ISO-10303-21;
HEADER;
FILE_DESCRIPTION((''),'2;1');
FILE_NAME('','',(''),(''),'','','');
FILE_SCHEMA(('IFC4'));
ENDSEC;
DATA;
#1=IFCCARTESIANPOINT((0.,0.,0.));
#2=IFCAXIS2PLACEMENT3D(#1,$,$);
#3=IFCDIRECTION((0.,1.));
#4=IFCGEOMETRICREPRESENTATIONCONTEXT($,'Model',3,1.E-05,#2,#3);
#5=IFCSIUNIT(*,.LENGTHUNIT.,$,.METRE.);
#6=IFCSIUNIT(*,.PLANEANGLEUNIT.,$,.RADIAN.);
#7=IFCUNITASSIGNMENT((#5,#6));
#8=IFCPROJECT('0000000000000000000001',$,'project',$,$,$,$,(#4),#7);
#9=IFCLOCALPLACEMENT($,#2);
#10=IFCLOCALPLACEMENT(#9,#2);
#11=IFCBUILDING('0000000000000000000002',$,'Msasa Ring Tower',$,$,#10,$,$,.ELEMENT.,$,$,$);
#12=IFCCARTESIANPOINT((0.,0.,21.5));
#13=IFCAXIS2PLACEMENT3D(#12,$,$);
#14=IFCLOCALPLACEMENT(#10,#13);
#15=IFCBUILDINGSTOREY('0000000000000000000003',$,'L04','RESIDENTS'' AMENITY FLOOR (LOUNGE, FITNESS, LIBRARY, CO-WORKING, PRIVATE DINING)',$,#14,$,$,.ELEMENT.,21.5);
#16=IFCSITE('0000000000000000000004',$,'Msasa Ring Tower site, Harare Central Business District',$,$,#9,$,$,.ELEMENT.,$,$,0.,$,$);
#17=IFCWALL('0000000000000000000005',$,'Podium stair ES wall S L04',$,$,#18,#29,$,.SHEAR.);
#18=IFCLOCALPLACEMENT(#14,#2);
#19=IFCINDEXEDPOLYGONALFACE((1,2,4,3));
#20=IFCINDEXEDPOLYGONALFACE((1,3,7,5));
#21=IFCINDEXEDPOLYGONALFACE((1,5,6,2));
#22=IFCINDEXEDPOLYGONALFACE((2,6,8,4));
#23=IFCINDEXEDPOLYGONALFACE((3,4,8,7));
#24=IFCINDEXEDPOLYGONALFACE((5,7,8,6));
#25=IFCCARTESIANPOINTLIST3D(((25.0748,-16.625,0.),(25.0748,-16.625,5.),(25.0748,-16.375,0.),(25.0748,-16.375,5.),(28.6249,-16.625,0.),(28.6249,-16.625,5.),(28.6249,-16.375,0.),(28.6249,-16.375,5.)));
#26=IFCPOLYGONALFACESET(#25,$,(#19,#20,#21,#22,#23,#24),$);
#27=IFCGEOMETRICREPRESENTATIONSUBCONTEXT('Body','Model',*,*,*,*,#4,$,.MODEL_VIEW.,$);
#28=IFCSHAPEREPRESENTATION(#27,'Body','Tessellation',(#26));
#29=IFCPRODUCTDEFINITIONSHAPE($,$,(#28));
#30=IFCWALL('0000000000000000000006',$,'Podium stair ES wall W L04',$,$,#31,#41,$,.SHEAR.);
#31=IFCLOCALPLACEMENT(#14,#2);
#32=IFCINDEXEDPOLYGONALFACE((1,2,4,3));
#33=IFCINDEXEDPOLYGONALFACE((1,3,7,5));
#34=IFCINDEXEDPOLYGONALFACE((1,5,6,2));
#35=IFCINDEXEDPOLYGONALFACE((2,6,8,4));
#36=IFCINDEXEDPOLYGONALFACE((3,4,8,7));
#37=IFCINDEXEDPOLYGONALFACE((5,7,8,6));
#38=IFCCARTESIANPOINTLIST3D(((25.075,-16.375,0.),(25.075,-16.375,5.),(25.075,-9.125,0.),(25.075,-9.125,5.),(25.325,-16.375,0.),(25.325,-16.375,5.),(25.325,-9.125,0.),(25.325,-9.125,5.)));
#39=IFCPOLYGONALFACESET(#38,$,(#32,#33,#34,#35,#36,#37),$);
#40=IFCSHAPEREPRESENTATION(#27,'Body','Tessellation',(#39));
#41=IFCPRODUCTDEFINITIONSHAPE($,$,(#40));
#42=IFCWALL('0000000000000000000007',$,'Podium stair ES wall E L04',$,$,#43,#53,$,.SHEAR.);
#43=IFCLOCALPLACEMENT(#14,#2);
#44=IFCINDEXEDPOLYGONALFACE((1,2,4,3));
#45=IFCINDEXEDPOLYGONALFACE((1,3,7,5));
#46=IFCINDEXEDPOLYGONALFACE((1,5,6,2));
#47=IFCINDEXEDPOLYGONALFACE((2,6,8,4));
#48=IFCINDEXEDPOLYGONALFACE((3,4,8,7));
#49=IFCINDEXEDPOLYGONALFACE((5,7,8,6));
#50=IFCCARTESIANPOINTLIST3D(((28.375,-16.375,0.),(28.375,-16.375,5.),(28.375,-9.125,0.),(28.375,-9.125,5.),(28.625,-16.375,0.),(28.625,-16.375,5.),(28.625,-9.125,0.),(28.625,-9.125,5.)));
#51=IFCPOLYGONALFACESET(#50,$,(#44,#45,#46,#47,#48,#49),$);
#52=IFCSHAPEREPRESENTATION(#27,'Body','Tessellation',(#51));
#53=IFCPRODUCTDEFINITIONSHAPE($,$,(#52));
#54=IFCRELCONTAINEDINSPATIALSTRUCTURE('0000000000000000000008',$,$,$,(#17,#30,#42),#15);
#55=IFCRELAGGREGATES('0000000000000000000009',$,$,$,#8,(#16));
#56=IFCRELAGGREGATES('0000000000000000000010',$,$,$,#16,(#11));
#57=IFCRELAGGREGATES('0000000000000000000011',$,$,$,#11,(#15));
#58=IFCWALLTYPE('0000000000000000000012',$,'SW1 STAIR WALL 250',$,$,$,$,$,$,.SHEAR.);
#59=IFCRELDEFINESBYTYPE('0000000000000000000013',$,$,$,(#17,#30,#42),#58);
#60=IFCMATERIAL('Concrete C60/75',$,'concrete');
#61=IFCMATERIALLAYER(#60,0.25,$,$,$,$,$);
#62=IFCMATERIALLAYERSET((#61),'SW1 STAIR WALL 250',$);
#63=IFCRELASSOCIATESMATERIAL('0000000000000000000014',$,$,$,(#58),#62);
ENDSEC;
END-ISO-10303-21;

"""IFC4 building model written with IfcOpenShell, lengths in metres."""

from ifc_helpers import new_model, si_unit, direction, frame, frame_2d, origin, place, context, subcontext, project, spatial, rectangle, extrude, material, layer, layer_set, type_object, element, save


model = new_model("IFC4")

# Units and contexts
model_context = context("Model", 3, precision=1e-05, world=origin(), true_north=direction((0.0, 1.0)))
body_context = subcontext(model_context, "Body", "Model", "MODEL_VIEW")
ifc_project = project(units=[si_unit("LENGTHUNIT", "METRE"), si_unit("PLANEANGLEUNIT", "RADIAN")], contexts=[model_context])

# Site, building, storey
site_placement = place(None, origin())
site = spatial("IfcSite", under=ifc_project, at=site_placement, Name="Msasa Ring Tower site, Harare Central Business District", CompositionType="ELEMENT", RefElevation=0.0)
building_placement = place(site_placement, origin())
building = spatial("IfcBuilding", under=site, at=building_placement, Name="Msasa Ring Tower", CompositionType="ELEMENT")
storey_placement = place(building_placement, frame((0.0, 0.0, 21.5)))
storey = spatial("IfcBuildingStorey", under=building, at=storey_placement, Name="L04", Description="RESIDENTS' AMENITY FLOOR (LOUNGE, FITNESS, LIBRARY, CO-WORKING, PRIVATE DINING)", CompositionType="ELEMENT", Elevation=21.5)

# Walls
ifc_material_1 = material(Name="Concrete C60/75", Category="concrete")
ifc_layer_1 = layer(ifc_material_1, 0.25)
ifc_layer_set_1 = layer_set([ifc_layer_1], Name="SW1 STAIR WALL 250")
wall_type_1 = type_object("IfcWallType", Name="SW1 STAIR WALL 250", PredefinedType="SHEAR", material=ifc_layer_set_1)
wall_1_placement = place(storey_placement, frame((25.075, -16.5, 0.0), z_axis=(0.0, 0.0, 1.0), x_axis=(1.0, 0.0, 0.0)))
element("IfcWall", 1, at=wall_1_placement, inside=storey, type_object=wall_type_1, Name="Podium stair ES wall S L04", PredefinedType="SHEAR", context=body_context, shape_type="SweptSolid", body=[
    extrude(rectangle(XDim=3.55, YDim=0.25, at=frame_2d((1.7749, 0.0))), origin(), (0.0, 0.0, 1.0), 5.0),
])
for number, where, z_axis, x_axis, name in (
    (2, (25.2, -16.375, 0.0), (0.0, 0.0, 1.0), (0.0, 1.0, 0.0), "Podium stair ES wall W L04"),
    (3, (28.5, -16.375, 0.0), (0.0, 0.0, 1.0), (0.0, 1.0, 0.0), "Podium stair ES wall E L04"),
):
    element("IfcWall", number, at=place(storey_placement, frame(where, z_axis=z_axis, x_axis=x_axis)), inside=storey, type_object=wall_type_1, Name=name, PredefinedType="SHEAR", context=body_context, shape_type="SweptSolid", body=[
        extrude(rectangle(XDim=7.25, YDim=0.25, at=frame_2d((3.625, 0.0))), origin(), (0.0, 0.0, 1.0), 5.0),
    ])

save(model, "model.ifc")
